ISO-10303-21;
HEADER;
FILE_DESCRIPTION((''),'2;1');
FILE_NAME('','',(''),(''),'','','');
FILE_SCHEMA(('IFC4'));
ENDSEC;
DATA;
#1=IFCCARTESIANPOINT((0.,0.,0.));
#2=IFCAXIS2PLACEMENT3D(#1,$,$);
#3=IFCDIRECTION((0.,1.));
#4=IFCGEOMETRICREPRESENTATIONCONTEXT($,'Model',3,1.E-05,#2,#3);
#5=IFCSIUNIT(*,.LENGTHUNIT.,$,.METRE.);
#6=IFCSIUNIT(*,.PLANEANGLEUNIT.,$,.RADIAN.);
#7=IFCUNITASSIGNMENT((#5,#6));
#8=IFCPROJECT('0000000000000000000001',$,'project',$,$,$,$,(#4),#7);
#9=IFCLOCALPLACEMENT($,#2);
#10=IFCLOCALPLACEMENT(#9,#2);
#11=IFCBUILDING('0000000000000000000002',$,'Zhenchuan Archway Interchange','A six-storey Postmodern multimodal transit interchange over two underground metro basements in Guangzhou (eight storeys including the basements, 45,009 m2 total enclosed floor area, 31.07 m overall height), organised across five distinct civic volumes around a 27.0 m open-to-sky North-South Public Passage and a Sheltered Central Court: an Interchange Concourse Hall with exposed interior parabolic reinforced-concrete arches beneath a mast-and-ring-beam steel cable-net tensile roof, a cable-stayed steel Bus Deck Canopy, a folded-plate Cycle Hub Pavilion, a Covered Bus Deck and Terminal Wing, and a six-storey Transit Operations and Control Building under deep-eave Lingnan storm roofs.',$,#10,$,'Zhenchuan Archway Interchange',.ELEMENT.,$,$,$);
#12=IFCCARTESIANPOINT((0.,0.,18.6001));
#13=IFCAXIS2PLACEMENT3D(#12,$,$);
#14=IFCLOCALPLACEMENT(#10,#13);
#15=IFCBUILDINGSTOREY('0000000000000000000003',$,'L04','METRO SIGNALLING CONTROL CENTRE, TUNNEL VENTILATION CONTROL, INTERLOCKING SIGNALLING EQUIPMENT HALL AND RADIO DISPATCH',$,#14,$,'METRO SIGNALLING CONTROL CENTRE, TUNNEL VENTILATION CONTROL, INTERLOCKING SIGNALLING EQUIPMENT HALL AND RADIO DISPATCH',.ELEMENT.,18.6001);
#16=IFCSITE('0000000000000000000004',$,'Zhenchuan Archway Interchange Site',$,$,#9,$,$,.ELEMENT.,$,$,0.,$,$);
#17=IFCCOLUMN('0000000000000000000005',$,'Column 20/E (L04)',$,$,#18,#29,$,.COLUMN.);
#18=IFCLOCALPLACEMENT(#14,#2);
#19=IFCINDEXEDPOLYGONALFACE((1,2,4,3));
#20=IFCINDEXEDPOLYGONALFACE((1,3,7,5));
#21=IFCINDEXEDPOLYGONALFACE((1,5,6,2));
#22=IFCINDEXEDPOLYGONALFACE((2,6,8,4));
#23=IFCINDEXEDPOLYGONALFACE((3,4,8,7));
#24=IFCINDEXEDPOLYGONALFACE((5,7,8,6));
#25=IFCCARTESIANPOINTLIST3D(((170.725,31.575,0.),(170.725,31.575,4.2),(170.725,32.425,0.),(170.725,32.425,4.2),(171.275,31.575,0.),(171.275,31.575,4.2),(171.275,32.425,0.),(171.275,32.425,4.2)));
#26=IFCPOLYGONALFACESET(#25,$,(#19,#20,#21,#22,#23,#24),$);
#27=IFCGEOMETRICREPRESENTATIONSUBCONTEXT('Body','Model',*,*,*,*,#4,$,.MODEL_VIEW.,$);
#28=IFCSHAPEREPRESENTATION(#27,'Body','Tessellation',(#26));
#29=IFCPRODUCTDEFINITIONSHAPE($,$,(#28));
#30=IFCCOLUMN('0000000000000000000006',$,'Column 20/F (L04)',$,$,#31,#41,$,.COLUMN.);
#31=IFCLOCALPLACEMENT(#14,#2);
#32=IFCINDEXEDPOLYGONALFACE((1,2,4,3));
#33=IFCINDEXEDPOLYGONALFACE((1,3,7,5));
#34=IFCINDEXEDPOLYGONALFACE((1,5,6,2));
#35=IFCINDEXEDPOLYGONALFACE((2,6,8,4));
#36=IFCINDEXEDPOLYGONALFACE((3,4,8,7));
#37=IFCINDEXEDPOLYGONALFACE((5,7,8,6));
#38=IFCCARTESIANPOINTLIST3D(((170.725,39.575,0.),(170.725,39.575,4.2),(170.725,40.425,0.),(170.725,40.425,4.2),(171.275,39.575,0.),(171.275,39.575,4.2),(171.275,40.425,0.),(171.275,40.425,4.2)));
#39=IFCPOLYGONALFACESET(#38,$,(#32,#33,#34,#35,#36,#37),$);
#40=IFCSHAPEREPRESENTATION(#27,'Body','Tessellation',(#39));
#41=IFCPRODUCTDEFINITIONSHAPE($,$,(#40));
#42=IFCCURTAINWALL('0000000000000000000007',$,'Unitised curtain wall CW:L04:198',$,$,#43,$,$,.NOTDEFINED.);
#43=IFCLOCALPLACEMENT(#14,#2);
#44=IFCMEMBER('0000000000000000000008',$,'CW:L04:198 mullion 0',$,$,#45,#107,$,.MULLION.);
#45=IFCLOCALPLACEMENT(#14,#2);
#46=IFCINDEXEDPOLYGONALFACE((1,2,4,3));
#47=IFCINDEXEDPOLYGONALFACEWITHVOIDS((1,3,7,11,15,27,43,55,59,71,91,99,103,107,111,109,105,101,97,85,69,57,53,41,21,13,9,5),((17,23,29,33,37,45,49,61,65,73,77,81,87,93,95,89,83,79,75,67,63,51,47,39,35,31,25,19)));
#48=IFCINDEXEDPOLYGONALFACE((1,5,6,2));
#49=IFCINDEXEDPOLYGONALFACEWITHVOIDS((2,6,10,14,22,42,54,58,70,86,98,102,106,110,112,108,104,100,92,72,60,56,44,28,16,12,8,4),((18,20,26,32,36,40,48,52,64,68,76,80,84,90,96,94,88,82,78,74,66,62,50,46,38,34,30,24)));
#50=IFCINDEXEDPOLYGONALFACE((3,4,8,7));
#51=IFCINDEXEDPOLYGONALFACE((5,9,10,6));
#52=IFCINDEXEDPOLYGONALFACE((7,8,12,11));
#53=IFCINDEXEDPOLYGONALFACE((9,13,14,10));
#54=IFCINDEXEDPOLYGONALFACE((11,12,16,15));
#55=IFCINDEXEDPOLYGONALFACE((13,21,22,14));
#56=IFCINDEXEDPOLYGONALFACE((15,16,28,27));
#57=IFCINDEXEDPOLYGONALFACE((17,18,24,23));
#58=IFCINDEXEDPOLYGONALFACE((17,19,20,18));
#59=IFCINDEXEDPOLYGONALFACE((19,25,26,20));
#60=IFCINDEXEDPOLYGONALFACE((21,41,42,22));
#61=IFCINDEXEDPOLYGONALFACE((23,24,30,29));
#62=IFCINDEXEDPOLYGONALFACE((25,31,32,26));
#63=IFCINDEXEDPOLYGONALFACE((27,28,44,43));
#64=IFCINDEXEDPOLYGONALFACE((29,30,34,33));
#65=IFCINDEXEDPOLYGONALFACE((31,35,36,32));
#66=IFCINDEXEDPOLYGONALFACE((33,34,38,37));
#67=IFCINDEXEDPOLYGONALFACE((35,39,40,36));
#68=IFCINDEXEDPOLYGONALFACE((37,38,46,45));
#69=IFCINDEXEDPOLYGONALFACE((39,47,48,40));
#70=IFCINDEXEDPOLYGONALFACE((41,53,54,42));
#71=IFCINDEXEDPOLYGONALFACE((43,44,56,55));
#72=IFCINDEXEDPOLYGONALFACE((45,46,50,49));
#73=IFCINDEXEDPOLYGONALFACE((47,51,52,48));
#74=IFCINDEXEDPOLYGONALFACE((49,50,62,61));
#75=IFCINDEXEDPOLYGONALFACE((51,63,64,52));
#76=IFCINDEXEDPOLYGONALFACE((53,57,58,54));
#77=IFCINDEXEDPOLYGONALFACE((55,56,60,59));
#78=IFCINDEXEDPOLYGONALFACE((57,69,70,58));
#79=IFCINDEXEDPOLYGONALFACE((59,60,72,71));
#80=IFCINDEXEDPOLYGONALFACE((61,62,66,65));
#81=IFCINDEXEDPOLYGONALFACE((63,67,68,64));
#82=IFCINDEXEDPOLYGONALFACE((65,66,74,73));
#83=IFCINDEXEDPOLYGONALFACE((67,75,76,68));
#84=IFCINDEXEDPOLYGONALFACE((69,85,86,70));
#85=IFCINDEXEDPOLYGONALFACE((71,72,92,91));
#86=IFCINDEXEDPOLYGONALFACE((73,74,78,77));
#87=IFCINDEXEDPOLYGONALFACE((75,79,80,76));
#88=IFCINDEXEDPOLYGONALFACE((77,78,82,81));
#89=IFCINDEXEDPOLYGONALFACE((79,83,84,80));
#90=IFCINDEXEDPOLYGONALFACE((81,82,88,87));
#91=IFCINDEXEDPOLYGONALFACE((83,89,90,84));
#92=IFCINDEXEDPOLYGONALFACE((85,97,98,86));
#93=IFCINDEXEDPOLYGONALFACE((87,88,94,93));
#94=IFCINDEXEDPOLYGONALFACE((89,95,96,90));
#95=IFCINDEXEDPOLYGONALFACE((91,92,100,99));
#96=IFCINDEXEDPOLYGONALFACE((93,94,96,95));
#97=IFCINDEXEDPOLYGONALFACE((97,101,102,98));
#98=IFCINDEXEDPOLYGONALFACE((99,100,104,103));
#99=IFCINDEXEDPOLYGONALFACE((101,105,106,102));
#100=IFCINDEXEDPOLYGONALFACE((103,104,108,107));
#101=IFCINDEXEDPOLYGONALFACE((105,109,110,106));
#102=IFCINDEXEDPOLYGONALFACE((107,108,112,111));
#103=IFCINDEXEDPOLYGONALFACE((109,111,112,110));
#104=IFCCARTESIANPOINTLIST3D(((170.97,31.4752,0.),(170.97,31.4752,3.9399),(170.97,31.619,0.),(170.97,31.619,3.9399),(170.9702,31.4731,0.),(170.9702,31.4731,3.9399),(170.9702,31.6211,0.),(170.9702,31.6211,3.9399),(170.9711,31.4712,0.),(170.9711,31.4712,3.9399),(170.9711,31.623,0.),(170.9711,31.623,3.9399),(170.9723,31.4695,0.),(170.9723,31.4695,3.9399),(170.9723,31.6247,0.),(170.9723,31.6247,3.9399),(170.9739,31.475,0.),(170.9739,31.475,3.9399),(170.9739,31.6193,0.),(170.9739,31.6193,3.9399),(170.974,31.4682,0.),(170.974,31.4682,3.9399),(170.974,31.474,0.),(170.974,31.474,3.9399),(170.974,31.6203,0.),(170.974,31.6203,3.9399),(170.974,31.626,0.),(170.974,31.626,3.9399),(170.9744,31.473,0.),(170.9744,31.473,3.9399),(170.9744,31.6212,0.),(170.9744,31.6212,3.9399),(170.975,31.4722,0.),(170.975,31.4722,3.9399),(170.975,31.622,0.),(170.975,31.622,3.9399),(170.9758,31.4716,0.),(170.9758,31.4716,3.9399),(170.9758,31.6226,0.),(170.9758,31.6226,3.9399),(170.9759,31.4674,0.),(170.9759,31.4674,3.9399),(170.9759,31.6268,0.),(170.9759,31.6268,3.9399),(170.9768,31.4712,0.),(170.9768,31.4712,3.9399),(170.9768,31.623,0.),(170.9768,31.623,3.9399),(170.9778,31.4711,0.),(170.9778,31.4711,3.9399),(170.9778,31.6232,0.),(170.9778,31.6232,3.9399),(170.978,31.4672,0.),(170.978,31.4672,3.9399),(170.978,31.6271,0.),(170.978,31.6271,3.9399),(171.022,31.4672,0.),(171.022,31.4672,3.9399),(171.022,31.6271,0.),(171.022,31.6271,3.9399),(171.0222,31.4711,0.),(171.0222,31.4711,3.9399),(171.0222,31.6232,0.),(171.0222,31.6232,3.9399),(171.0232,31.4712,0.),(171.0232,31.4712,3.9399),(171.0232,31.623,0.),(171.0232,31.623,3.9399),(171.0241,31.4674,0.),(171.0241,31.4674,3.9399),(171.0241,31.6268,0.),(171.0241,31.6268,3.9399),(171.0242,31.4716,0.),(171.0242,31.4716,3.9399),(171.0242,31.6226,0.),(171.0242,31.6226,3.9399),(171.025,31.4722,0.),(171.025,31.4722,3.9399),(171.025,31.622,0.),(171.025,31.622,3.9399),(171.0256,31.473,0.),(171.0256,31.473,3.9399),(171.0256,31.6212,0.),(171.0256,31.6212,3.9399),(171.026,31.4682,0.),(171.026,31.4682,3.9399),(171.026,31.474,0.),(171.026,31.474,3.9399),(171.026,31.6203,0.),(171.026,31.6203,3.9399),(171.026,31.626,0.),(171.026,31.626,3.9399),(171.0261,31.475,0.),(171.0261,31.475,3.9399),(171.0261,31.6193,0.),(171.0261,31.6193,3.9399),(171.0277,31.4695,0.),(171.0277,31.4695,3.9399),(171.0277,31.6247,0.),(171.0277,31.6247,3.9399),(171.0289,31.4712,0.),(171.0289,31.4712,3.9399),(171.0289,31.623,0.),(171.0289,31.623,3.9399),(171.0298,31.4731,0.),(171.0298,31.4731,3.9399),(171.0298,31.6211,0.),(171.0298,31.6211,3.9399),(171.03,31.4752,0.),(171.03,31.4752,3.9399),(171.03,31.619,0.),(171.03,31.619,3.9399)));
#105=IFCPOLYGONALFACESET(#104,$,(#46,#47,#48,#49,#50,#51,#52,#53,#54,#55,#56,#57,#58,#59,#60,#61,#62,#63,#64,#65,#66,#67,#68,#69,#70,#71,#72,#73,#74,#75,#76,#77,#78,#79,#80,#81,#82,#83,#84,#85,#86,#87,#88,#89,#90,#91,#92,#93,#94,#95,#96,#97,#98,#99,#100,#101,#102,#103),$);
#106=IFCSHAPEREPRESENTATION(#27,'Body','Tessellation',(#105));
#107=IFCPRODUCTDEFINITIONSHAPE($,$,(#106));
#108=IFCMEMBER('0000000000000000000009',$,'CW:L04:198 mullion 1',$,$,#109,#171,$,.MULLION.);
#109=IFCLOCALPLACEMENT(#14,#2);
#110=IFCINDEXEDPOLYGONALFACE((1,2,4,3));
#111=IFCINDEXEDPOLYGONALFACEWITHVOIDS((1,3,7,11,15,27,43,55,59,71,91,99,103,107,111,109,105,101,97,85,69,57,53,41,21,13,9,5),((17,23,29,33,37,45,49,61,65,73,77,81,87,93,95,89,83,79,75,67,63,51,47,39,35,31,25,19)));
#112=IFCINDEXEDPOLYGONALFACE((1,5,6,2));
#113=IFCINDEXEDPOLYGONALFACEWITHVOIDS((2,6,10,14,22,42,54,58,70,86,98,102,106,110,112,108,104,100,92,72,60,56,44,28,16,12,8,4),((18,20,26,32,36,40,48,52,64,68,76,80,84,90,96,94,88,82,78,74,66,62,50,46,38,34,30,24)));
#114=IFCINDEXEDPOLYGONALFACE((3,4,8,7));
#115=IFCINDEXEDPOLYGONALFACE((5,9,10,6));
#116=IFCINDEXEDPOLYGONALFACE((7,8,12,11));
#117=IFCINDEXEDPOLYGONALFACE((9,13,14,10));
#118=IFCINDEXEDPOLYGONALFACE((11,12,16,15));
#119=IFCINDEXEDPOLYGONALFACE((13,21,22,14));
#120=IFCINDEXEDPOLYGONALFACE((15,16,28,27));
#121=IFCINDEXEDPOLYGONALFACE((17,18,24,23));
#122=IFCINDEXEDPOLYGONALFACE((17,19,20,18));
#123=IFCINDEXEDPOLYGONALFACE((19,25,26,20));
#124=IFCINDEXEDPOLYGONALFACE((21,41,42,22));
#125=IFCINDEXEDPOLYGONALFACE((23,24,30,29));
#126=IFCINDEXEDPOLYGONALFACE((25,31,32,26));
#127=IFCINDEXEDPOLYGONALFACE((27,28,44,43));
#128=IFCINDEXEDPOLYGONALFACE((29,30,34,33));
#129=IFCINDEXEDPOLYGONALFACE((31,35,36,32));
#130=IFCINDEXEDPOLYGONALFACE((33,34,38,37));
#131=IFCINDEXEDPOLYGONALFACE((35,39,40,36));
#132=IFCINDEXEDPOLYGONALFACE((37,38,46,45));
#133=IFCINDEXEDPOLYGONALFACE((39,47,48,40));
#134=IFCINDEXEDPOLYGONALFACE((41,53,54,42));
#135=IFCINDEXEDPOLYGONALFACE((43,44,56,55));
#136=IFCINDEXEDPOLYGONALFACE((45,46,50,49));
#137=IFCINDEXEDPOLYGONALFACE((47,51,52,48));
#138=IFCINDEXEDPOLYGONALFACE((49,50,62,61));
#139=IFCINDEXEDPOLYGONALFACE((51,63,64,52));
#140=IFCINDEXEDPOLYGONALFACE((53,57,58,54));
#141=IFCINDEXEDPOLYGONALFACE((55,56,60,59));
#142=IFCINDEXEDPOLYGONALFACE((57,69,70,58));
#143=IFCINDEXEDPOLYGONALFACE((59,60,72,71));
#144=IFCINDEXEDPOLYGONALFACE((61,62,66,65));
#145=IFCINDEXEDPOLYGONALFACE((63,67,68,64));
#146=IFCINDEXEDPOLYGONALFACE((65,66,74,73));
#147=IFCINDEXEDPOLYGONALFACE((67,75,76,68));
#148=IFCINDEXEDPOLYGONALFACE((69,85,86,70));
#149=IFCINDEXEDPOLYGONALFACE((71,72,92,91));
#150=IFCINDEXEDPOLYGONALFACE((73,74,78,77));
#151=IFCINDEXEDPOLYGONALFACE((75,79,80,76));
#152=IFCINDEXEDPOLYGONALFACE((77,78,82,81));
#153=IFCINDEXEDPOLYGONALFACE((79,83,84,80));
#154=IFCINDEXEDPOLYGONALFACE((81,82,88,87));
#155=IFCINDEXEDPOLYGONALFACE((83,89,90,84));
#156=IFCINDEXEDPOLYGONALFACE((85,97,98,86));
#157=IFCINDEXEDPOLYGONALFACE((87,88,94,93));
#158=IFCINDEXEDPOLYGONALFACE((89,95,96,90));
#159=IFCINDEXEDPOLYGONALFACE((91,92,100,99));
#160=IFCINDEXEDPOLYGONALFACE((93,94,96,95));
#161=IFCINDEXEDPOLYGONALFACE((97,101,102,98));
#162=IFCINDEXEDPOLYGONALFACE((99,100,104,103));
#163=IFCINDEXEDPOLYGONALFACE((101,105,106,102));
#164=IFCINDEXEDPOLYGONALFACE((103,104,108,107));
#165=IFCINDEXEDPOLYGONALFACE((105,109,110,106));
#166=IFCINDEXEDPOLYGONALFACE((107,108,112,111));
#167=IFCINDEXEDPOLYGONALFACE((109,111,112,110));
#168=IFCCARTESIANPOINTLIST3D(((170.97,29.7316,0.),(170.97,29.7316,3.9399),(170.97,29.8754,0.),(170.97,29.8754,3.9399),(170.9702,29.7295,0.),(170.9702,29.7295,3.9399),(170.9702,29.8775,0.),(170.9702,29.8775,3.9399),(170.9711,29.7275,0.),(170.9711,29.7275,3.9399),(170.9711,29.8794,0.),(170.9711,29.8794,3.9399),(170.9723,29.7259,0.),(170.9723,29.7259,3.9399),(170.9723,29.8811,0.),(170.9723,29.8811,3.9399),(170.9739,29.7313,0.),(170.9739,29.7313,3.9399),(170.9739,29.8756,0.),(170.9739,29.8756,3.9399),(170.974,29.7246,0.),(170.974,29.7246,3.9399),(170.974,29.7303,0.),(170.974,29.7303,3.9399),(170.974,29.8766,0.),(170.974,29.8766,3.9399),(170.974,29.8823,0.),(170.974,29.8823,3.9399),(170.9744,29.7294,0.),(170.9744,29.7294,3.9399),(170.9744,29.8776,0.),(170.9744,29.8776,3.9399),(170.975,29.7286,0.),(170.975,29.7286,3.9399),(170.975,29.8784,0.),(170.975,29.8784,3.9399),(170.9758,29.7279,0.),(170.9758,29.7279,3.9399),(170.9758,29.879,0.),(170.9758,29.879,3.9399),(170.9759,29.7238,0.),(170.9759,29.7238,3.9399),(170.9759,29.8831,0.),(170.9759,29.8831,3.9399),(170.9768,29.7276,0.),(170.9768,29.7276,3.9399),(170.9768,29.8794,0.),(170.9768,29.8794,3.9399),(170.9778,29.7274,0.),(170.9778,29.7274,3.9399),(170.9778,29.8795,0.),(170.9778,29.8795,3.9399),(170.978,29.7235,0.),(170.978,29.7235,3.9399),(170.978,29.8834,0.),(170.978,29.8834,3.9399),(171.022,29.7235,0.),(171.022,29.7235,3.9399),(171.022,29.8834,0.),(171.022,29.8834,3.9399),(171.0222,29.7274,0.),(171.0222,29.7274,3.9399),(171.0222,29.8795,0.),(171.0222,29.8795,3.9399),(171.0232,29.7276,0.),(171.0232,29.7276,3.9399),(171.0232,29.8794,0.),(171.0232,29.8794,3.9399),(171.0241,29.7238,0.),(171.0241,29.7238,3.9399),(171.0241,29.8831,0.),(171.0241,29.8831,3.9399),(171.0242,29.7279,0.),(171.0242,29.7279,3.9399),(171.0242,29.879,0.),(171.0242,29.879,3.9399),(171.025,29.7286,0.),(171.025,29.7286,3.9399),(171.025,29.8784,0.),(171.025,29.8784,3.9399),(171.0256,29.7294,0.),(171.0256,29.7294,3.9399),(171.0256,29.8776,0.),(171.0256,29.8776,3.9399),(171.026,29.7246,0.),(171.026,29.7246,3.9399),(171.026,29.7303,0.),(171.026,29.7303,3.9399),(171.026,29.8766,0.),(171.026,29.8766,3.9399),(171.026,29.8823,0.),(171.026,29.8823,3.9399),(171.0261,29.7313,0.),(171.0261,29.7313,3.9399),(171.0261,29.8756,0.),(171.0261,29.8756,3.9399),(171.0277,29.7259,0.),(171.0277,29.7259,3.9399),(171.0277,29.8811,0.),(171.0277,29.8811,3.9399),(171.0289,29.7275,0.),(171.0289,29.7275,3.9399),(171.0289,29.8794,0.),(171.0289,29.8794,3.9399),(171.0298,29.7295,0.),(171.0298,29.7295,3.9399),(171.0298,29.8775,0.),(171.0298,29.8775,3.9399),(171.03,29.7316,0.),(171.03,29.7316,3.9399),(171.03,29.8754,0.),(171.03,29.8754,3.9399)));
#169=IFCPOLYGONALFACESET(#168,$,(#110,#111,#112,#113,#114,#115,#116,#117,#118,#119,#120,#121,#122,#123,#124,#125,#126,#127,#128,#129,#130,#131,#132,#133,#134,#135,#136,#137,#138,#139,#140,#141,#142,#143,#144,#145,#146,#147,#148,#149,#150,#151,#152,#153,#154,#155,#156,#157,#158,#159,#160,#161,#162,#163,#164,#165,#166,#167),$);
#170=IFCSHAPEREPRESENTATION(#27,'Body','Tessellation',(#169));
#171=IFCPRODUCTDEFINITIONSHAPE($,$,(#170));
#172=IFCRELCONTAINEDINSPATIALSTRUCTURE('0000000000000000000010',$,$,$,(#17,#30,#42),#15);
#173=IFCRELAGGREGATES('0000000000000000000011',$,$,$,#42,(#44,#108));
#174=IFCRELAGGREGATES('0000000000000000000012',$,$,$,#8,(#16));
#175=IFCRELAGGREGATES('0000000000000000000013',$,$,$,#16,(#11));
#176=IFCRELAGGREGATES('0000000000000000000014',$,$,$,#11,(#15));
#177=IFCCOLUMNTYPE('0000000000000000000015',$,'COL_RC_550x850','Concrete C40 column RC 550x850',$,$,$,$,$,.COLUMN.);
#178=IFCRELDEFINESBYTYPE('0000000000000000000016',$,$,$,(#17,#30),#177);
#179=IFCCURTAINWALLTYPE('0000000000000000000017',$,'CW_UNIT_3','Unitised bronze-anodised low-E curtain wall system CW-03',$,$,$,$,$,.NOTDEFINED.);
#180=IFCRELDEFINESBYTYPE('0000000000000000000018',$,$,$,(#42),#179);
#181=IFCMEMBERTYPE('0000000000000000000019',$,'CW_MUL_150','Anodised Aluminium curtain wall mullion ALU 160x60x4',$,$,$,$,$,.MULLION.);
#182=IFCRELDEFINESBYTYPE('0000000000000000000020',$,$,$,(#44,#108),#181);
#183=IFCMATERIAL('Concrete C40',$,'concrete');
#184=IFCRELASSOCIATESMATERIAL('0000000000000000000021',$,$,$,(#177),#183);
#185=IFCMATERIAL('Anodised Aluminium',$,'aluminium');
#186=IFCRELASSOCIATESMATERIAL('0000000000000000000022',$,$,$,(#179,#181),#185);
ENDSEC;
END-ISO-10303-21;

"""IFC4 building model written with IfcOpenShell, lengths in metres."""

from ifc_helpers import new_model, si_unit, direction, frame, origin, origin_2d, place, context, subcontext, project, spatial, rectangle, hollow_rectangle, extrude, material, material_profile, profile_set, type_object, element, aggregate, save


model = new_model("IFC4")

# Units and contexts
model_context = context("Model", 3, precision=1e-05, world=origin(), true_north=direction((0.0, 1.0)))
body_context = subcontext(model_context, "Body", "Model", "MODEL_VIEW")
ifc_project = project(units=[si_unit("LENGTHUNIT", "METRE"), si_unit("PLANEANGLEUNIT", "RADIAN")], contexts=[model_context])

# Site, building, storey
site_placement = place(None, origin())
site = spatial("IfcSite", under=ifc_project, at=site_placement, Name="Zhenchuan Archway Interchange Site", CompositionType="ELEMENT", RefElevation=0.0)
building_placement = place(site_placement, origin())
building = spatial("IfcBuilding", under=site, at=building_placement, Name="Zhenchuan Archway Interchange", Description="A six-storey Postmodern multimodal transit interchange over two underground metro basements in Guangzhou (eight storeys including the basements, 45,009 m2 total enclosed floor area, 31.07 m overall height), organised across five distinct civic volumes around a 27.0 m open-to-sky North-South Public Passage and a Sheltered Central Court: an Interchange Concourse Hall with exposed interior parabolic reinforced-concrete arches beneath a mast-and-ring-beam steel cable-net tensile roof, a cable-stayed steel Bus Deck Canopy, a folded-plate Cycle Hub Pavilion, a Covered Bus Deck and Terminal Wing, and a six-storey Transit Operations and Control Building under deep-eave Lingnan storm roofs.", LongName="Zhenchuan Archway Interchange", CompositionType="ELEMENT")
storey_placement = place(building_placement, frame((0.0, 0.0, 18.6001)))
storey = spatial("IfcBuildingStorey", under=building, at=storey_placement, Name="L04", Description="METRO SIGNALLING CONTROL CENTRE, TUNNEL VENTILATION CONTROL, INTERLOCKING SIGNALLING EQUIPMENT HALL AND RADIO DISPATCH", LongName="METRO SIGNALLING CONTROL CENTRE, TUNNEL VENTILATION CONTROL, INTERLOCKING SIGNALLING EQUIPMENT HALL AND RADIO DISPATCH", CompositionType="ELEMENT", Elevation=18.6001)

# Columns
ifc_material_1 = material(Name="Concrete C40", Category="concrete")
ifc_material_profile_1 = material_profile(ifc_material_1, rectangle(XDim=0.55, YDim=0.8501, at=origin_2d()), Name="RC 550x850")
ifc_profile_set_1 = profile_set([ifc_material_profile_1], Name="Concrete C40")
column_type = type_object("IfcColumnType", Name="COL_RC_550x850", Description="Concrete C40 column RC 550x850", PredefinedType="COLUMN", material=ifc_profile_set_1)
for number, where, z_axis, x_axis, name in (
    (1, (171.0, 32.0, 0.0), (0.0, 0.0, 1.0), (1.0, 0.0, 0.0), "Column 20/E (L04)"),
    (2, (171.0, 40.0, 0.0), (0.0, 0.0, 1.0), (1.0, 0.0, 0.0), "Column 20/F (L04)"),
):
    element("IfcColumn", number, at=place(storey_placement, frame(where, z_axis=z_axis, x_axis=x_axis)), inside=storey, type_object=column_type, Name=name, PredefinedType="COLUMN", context=body_context, shape_type="SweptSolid", body=[
        extrude(rectangle(XDim=0.55, YDim=0.8501, at=origin_2d()), origin(), (0.0, 0.0, 1.0), 4.2),
    ])

# Curtain wall, members
ifc_material_2 = material(Name="Anodised Aluminium", Category="aluminium")
curtain_wall_type = type_object("IfcCurtainWallType", Name="CW_UNIT_3", Description="Unitised bronze-anodised low-E curtain wall system CW-03", PredefinedType="NOTDEFINED", material=ifc_material_2)
curtain_wall_placement = place(storey_placement, origin())
curtain_wall = element("IfcCurtainWall", 3, at=curtain_wall_placement, inside=storey, type_object=curtain_wall_type, Name="Unitised curtain wall CW:L04:198", PredefinedType="NOTDEFINED")
ifc_material_profile_2 = material_profile(ifc_material_2, hollow_rectangle(XDim=0.0601, YDim=0.1599, WallThickness=0.0039, InnerFilletRadius=0.0039, OuterFilletRadius=0.0081, at=origin_2d()), Name="ALU 160x60x4")
ifc_profile_set_2 = profile_set([ifc_material_profile_2], Name="Anodised Aluminium")
member_type_1 = type_object("IfcMemberType", Name="CW_MUL_150", Description="Anodised Aluminium curtain wall mullion ALU 160x60x4", PredefinedType="MULLION", material=ifc_profile_set_2)
member_1_placement = place(storey_placement, frame((171.0, 31.5471, 0.0), z_axis=(0.0, 0.0, 1.0), x_axis=(1.0, 0.0, 0.0)))
member_1 = element("IfcMember", 4, at=member_1_placement, type_object=member_type_1, Name="CW:L04:198 mullion 0", PredefinedType="MULLION", context=body_context, shape_type="SweptSolid", body=[
    extrude(hollow_rectangle(XDim=0.0601, YDim=0.1599, WallThickness=0.0039, InnerFilletRadius=0.0039, OuterFilletRadius=0.0081, at=origin_2d()), origin(), (0.0, 0.0, 1.0), 3.9399),
])
member_2_placement = place(storey_placement, frame((171.0, 29.8035, 0.0), z_axis=(0.0, 0.0, 1.0), x_axis=(1.0, 0.0, 0.0)))
member_2 = element("IfcMember", 5, at=member_2_placement, type_object=member_type_1, Name="CW:L04:198 mullion 1", PredefinedType="MULLION", context=body_context, shape_type="SweptSolid", body=[
    extrude(hollow_rectangle(XDim=0.0601, YDim=0.1599, WallThickness=0.0039, InnerFilletRadius=0.0039, OuterFilletRadius=0.0081, at=origin_2d()), origin(), (0.0, 0.0, 1.0), 3.9399),
])

aggregate(curtain_wall, [member_1, member_2])

save(model, "model.ifc")
